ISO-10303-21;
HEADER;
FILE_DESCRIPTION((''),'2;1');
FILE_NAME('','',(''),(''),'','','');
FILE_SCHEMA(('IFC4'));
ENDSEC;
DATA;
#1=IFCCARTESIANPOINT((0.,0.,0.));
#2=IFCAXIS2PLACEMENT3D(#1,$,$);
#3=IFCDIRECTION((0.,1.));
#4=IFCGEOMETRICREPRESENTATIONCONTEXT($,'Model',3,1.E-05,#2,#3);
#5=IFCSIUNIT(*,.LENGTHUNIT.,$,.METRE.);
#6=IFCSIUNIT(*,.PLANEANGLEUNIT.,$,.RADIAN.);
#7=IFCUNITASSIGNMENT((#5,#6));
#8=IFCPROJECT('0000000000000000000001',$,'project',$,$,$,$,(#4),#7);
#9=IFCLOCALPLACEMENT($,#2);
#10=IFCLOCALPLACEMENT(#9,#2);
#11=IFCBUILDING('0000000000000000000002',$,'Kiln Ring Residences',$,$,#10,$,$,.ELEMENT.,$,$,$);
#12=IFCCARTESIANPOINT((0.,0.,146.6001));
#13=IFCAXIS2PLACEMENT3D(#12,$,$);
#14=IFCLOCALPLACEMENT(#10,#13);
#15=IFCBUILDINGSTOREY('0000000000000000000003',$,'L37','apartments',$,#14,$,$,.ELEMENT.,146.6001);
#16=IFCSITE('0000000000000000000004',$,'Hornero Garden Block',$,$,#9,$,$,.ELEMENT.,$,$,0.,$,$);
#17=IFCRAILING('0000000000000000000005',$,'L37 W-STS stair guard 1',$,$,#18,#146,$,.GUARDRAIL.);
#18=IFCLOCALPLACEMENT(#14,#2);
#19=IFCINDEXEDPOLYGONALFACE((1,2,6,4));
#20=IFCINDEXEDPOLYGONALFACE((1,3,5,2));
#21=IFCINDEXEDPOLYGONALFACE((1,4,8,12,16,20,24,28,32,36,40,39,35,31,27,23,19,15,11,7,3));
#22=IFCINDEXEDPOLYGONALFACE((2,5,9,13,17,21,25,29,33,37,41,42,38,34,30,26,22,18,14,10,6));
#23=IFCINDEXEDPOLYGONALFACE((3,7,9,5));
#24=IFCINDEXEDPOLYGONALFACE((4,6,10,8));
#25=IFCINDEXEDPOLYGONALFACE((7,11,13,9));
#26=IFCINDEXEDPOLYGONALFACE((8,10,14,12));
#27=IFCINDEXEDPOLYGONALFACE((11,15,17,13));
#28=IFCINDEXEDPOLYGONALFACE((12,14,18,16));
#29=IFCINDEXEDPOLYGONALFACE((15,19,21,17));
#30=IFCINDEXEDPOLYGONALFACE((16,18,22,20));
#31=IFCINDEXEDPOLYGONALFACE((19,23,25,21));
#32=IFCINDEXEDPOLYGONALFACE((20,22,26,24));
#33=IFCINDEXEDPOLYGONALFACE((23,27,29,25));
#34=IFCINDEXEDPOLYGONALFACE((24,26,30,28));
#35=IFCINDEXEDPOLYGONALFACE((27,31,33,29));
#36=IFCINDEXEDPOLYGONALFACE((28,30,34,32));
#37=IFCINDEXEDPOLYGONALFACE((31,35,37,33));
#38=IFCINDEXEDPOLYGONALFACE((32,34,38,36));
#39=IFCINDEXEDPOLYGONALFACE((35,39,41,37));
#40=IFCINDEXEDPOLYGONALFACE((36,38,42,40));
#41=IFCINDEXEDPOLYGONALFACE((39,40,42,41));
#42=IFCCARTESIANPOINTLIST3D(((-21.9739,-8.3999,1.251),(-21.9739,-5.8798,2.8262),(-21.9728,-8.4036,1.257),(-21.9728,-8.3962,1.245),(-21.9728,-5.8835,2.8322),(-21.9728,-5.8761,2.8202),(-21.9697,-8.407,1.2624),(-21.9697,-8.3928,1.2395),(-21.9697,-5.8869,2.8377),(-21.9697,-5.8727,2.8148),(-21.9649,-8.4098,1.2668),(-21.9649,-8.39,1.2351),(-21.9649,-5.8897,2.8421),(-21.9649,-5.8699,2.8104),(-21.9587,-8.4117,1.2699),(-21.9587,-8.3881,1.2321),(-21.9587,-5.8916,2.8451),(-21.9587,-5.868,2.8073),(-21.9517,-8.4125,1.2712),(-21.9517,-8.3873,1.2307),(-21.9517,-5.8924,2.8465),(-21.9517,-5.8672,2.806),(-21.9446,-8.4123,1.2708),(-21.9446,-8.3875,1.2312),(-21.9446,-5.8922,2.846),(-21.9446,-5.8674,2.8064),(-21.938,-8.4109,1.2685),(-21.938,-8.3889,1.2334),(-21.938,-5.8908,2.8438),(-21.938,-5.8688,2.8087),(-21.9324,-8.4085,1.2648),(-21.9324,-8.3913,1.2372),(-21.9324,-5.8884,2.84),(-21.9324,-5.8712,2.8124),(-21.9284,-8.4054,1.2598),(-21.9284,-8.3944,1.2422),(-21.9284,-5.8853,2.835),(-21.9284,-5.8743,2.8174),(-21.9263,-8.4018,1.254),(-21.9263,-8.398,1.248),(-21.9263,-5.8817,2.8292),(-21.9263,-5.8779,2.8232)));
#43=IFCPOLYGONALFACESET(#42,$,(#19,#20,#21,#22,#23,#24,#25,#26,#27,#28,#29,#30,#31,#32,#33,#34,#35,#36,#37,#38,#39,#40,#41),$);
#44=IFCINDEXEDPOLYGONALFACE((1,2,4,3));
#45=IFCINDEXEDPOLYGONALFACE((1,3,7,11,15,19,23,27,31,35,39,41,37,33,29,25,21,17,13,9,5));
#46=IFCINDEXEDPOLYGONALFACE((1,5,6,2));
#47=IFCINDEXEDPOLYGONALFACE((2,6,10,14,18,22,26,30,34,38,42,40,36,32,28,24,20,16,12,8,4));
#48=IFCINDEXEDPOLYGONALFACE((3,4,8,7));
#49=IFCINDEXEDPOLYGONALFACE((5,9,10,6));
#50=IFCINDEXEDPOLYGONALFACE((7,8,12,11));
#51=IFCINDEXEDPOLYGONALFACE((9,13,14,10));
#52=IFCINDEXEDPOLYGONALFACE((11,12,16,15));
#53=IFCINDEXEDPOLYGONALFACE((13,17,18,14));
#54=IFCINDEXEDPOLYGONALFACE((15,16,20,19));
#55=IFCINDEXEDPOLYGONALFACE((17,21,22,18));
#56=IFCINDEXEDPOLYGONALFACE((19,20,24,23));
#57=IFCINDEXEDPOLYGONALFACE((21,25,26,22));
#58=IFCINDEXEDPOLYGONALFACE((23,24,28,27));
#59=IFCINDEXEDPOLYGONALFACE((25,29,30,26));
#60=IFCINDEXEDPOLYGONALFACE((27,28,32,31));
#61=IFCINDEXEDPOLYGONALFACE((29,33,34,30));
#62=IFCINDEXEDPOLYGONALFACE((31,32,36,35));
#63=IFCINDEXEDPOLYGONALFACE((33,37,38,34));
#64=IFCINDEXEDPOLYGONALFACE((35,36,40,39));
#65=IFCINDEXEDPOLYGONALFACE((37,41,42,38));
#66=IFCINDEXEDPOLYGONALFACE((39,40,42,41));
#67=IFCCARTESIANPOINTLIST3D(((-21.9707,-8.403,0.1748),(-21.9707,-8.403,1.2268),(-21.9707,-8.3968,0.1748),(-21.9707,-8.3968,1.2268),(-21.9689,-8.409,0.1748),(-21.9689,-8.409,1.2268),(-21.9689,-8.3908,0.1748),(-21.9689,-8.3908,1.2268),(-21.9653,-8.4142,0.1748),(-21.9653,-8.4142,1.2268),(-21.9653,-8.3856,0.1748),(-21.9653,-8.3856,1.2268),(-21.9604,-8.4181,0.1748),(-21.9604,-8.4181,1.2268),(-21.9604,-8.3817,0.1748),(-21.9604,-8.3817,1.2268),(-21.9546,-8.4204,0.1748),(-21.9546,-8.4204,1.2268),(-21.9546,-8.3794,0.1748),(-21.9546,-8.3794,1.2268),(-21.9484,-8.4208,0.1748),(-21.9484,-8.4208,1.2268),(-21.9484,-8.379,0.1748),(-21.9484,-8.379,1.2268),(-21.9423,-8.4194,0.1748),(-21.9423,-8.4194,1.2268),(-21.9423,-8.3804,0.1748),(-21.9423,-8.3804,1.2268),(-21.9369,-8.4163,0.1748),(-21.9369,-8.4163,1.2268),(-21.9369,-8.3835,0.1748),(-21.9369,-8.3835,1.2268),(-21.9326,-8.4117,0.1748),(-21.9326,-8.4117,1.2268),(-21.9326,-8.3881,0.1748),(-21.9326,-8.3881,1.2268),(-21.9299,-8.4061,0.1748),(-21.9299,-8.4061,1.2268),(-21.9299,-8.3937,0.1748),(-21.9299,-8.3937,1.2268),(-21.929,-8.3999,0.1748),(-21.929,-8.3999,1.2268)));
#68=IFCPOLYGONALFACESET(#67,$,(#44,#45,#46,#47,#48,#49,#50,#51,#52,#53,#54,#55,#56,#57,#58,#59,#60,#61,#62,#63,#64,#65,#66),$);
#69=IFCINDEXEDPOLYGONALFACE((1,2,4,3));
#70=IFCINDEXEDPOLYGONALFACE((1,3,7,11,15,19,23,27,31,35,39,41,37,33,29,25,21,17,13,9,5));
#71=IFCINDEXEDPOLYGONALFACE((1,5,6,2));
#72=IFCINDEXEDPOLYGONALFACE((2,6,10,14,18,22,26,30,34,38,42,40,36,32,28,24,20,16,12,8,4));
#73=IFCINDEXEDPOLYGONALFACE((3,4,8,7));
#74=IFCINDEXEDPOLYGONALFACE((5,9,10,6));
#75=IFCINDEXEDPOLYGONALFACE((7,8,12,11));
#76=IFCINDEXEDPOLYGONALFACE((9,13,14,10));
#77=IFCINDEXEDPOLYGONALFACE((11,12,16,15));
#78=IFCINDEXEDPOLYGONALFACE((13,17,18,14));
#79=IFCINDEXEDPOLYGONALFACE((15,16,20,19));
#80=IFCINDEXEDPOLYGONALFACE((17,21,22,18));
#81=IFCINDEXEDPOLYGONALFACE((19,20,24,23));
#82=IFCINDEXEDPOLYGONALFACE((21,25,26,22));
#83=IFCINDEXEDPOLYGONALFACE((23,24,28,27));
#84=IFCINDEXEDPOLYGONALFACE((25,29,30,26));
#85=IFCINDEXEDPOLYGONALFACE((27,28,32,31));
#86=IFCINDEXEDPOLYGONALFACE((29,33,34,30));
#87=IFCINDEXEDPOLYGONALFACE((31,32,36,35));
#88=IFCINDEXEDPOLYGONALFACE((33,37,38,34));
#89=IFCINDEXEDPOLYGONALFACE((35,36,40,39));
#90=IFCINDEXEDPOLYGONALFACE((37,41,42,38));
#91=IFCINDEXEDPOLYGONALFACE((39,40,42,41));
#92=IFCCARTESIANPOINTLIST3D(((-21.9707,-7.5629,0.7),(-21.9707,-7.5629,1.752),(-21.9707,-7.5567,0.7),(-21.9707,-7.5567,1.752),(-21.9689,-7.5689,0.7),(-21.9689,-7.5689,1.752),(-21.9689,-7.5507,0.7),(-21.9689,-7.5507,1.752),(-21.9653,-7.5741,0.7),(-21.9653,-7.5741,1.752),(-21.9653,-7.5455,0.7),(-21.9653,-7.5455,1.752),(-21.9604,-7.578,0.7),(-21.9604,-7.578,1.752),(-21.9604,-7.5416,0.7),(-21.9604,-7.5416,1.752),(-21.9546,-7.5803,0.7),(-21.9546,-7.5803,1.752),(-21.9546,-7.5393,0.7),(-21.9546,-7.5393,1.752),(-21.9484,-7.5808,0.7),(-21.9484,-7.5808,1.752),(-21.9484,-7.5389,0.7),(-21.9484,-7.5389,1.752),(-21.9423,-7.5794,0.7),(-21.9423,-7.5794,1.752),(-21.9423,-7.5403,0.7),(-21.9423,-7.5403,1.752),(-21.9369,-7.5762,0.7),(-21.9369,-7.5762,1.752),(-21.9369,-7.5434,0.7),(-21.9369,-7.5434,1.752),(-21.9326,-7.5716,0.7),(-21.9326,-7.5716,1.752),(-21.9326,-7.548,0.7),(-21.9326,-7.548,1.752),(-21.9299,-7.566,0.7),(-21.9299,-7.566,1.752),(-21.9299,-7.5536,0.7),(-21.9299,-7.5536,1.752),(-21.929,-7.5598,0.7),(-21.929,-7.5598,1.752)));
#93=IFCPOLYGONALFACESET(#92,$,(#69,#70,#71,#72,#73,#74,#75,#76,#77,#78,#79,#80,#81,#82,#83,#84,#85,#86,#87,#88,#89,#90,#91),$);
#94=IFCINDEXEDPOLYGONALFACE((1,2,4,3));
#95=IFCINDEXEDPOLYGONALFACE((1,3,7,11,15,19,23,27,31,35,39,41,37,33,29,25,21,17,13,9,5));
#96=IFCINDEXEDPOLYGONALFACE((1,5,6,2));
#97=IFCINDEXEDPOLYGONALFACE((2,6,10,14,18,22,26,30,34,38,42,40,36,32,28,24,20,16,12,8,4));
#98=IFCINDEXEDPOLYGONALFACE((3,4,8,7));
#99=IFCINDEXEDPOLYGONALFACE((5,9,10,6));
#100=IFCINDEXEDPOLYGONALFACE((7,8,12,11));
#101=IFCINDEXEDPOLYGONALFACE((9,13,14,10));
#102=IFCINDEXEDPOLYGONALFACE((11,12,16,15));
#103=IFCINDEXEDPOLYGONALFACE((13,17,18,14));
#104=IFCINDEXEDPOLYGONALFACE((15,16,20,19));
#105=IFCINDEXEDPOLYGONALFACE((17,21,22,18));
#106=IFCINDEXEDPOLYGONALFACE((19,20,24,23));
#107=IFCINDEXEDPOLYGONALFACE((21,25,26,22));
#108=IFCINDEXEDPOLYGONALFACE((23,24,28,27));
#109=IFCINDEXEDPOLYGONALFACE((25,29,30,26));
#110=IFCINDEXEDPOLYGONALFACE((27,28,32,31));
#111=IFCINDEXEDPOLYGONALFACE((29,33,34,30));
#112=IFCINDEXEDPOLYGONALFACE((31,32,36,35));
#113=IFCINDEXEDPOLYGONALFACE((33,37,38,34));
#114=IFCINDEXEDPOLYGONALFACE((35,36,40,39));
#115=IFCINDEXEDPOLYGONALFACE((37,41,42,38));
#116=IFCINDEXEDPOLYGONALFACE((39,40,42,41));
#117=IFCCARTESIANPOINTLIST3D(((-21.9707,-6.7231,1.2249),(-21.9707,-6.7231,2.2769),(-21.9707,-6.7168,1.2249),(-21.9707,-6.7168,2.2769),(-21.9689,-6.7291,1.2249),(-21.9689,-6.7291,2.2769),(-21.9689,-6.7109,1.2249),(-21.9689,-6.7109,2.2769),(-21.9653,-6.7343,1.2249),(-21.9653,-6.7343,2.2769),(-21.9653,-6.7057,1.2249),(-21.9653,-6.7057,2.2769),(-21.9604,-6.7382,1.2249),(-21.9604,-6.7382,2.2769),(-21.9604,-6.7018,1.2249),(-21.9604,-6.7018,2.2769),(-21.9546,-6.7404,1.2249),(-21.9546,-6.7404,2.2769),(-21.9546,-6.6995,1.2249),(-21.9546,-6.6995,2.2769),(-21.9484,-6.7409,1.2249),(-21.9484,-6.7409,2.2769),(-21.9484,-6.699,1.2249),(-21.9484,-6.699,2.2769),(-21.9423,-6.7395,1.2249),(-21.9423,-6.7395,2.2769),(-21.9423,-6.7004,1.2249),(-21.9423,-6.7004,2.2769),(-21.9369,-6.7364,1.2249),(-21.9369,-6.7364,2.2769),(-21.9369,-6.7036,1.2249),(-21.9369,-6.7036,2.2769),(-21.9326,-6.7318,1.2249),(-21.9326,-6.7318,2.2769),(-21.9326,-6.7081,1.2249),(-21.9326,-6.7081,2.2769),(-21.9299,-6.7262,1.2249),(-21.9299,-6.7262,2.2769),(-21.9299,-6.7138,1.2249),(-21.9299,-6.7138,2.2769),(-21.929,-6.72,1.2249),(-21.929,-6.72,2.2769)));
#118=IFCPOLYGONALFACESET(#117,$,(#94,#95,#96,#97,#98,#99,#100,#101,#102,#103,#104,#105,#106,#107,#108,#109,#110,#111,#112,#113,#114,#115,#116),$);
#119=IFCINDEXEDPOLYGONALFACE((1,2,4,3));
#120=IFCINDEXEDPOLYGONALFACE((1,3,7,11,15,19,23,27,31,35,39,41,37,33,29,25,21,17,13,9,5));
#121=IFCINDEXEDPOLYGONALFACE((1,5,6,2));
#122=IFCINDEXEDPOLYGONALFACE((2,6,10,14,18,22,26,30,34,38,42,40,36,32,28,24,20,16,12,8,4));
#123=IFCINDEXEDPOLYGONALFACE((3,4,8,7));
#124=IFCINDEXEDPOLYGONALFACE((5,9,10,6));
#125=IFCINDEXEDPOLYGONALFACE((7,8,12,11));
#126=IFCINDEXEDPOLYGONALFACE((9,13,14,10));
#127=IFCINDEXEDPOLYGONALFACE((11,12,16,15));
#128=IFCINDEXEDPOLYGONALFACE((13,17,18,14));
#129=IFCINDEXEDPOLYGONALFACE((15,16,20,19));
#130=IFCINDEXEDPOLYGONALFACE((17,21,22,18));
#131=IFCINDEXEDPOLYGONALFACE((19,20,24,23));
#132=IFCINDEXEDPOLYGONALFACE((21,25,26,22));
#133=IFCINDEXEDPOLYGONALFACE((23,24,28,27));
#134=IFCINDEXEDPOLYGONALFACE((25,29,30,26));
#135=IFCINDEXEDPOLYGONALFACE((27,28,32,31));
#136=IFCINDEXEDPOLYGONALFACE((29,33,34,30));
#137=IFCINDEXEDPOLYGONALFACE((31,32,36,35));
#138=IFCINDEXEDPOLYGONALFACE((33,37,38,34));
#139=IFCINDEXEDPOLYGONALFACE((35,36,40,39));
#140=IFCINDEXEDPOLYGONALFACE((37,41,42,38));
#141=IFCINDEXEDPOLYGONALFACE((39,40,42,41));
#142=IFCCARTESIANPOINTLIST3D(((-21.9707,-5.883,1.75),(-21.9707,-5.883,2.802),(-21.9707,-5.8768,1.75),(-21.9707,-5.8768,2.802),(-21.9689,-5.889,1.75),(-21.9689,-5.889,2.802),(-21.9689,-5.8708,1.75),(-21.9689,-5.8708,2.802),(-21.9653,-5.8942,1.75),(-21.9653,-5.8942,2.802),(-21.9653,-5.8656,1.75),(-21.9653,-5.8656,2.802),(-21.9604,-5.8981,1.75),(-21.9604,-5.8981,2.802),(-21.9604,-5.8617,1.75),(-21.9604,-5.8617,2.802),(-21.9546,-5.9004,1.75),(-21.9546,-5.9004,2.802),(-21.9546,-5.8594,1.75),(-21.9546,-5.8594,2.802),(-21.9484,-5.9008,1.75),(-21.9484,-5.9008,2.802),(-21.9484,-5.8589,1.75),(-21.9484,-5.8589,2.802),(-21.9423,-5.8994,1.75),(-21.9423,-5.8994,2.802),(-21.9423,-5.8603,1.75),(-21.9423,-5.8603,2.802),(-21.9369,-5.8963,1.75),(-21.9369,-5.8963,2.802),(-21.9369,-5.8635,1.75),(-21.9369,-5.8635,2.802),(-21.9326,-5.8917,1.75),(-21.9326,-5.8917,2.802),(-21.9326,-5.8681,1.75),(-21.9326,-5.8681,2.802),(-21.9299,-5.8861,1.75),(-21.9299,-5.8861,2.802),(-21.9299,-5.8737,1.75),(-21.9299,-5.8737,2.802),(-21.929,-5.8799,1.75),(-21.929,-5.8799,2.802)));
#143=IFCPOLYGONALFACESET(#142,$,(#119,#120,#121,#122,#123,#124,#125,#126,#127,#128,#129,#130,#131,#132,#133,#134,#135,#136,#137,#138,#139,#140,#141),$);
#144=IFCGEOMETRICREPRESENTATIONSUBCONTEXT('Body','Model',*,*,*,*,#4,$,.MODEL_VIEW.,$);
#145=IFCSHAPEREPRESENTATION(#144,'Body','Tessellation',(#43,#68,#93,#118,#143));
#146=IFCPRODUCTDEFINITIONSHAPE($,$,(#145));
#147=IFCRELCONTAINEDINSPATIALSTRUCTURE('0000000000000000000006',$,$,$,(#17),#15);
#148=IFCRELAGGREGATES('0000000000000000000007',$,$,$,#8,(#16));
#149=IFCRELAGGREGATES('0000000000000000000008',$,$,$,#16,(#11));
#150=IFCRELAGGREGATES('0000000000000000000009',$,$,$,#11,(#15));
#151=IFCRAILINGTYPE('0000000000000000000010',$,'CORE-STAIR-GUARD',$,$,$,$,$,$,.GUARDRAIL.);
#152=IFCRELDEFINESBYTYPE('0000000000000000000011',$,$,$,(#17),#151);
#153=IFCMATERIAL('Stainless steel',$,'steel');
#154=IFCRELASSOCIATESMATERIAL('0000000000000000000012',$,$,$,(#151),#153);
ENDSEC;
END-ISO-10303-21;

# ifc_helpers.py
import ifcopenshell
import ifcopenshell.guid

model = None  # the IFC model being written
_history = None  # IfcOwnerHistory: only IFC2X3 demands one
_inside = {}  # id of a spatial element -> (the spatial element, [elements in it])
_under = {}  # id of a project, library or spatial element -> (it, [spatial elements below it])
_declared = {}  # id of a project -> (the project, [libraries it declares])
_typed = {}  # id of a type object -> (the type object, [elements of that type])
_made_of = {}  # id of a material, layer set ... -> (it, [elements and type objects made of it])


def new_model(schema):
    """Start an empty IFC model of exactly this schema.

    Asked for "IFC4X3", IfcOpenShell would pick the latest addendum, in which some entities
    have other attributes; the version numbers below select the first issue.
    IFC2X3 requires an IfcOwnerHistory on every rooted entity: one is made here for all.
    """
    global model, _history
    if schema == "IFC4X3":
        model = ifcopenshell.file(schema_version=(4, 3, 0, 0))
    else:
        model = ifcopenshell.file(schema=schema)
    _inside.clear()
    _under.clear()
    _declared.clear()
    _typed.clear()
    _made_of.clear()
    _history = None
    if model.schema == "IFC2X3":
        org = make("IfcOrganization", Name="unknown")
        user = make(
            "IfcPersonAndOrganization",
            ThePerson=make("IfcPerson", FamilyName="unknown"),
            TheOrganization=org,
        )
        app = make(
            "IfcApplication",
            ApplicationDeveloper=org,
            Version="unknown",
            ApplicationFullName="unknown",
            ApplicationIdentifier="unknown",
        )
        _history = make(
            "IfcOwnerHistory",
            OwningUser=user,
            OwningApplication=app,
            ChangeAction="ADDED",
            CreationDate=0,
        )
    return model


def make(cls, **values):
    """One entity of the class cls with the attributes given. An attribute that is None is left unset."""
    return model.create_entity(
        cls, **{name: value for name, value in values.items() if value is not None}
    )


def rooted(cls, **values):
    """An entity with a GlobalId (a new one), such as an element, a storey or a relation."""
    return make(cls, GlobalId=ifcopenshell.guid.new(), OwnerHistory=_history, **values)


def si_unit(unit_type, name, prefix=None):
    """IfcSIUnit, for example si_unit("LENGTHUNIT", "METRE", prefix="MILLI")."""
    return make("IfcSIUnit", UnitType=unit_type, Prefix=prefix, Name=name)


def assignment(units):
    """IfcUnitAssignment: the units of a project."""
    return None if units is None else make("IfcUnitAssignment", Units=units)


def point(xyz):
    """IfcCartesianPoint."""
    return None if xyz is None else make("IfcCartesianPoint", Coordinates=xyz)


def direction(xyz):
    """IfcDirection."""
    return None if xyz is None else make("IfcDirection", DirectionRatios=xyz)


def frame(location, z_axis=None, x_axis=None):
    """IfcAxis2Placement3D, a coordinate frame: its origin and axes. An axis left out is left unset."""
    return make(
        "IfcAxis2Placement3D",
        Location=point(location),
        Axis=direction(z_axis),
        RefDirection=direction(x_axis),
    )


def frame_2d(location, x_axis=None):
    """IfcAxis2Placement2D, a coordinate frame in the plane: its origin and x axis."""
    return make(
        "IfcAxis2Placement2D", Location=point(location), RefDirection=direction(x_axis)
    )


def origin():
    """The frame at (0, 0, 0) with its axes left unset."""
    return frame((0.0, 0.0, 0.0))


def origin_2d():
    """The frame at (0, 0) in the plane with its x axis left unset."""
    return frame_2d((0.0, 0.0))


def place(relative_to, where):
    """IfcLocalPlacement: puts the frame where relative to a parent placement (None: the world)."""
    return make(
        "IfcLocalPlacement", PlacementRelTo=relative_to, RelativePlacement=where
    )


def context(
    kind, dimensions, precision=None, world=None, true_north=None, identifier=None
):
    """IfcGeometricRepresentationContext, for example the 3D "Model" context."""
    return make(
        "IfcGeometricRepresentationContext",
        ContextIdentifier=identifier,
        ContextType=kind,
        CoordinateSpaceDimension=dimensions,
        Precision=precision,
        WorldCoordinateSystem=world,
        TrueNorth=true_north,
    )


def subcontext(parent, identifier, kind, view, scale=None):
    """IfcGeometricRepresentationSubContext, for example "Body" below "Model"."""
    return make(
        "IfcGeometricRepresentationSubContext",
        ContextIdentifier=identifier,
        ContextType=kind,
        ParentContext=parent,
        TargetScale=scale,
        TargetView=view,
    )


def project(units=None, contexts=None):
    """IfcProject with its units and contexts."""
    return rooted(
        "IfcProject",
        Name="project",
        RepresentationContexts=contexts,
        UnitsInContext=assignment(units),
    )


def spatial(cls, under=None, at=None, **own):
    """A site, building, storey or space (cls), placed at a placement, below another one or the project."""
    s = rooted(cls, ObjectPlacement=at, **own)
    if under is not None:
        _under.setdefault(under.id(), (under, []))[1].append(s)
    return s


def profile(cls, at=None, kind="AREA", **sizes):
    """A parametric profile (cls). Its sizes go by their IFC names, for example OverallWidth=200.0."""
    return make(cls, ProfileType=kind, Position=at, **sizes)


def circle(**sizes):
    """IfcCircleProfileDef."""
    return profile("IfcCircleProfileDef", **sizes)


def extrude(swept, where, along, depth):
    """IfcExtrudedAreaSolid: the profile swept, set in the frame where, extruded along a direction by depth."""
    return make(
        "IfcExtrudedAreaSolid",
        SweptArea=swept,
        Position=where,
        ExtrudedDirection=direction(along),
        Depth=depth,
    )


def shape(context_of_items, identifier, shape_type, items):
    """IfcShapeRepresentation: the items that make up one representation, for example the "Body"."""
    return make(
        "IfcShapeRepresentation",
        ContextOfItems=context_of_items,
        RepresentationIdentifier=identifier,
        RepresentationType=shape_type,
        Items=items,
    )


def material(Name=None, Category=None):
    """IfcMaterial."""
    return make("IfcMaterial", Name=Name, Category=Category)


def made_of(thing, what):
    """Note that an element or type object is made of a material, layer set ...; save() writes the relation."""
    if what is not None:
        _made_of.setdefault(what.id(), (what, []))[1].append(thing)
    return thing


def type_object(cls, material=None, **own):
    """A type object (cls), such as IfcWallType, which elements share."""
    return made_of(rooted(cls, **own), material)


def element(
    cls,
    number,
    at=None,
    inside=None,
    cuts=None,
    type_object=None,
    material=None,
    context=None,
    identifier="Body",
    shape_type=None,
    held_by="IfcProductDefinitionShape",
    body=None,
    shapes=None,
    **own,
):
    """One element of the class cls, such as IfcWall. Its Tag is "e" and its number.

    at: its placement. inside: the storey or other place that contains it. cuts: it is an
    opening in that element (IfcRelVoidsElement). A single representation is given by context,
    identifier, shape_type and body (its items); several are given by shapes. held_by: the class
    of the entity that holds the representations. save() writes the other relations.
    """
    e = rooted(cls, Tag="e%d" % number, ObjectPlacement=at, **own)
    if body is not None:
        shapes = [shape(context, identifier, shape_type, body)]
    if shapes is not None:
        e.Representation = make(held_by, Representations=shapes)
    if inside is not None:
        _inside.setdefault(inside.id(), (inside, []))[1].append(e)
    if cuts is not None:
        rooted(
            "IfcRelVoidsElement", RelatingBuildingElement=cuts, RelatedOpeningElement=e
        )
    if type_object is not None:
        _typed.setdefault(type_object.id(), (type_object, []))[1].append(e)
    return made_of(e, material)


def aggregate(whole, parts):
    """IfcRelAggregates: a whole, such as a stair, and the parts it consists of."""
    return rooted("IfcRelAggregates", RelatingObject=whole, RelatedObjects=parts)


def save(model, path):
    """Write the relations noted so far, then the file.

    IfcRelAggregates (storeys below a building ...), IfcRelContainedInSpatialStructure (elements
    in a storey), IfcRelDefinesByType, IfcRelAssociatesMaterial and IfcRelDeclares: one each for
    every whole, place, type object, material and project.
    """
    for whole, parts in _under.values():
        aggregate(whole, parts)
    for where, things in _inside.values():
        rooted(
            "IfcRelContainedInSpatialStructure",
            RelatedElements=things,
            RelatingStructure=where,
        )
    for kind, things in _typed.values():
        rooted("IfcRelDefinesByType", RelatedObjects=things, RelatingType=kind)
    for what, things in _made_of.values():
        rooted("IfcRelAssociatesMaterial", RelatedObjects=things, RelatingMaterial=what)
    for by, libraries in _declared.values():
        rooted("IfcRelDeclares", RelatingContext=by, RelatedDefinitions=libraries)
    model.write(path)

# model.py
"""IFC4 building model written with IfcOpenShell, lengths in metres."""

from ifc_helpers import new_model, si_unit, direction, frame, origin, origin_2d, place, context, subcontext, project, spatial, circle, extrude, material, type_object, element, save


model = new_model("IFC4")

# Units and contexts
model_context = context("Model", 3, precision=1e-05, world=origin(), true_north=direction((0.0, 1.0)))
body_context = subcontext(model_context, "Body", "Model", "MODEL_VIEW")
ifc_project = project(units=[si_unit("LENGTHUNIT", "METRE"), si_unit("PLANEANGLEUNIT", "RADIAN")], contexts=[model_context])

# Site, building, storey
site_placement = place(None, origin())
site = spatial("IfcSite", under=ifc_project, at=site_placement, Name="Hornero Garden Block", CompositionType="ELEMENT", RefElevation=0.0)
building_placement = place(site_placement, origin())
building = spatial("IfcBuilding", under=site, at=building_placement, Name="Kiln Ring Residences", CompositionType="ELEMENT")
storey_placement = place(building_placement, frame((0.0, 0.0, 146.6001)))
storey = spatial("IfcBuildingStorey", under=building, at=storey_placement, Name="L37", Description="apartments", CompositionType="ELEMENT", Elevation=146.6001)

# Railing
ifc_material_1 = material(Name="Stainless steel", Category="steel")
railing_type_1 = type_object("IfcRailingType", Name="CORE-STAIR-GUARD", PredefinedType="GUARDRAIL", material=ifc_material_1)
railing_1_placement = place(storey_placement, frame((-21.95, -8.3999, 0.1748)))
element("IfcRailing", 1, at=railing_1_placement, inside=storey, type_object=railing_type_1, Name="L37 W-STS stair guard 1", PredefinedType="GUARDRAIL", context=body_context, shape_type="SweptSolid", body=[
    extrude(circle(Radius=0.0239, at=origin_2d()), frame((0.0, 0.0, 1.0762), z_axis=(0.0, 0.847971, 0.530043), x_axis=(-1.0, 0.0, 0.0)), (0.0, 0.0, 1.0), 2.9719),
    extrude(circle(Radius=0.021, at=origin_2d()), origin(), (0.0, 0.0, 1.0), 1.052),
    extrude(circle(Radius=0.021, at=origin_2d()), frame((0.0, 0.8401, 0.5251)), (0.0, 0.0, 1.0), 1.052),
    extrude(circle(Radius=0.021, at=origin_2d()), frame((0.0, 1.6799, 1.05)), (0.0, 0.0, 1.0), 1.052),
    extrude(circle(Radius=0.021, at=origin_2d()), frame((0.0, 2.52, 1.5752)), (0.0, 0.0, 1.0), 1.052),
])

save(model, "model.ifc")
